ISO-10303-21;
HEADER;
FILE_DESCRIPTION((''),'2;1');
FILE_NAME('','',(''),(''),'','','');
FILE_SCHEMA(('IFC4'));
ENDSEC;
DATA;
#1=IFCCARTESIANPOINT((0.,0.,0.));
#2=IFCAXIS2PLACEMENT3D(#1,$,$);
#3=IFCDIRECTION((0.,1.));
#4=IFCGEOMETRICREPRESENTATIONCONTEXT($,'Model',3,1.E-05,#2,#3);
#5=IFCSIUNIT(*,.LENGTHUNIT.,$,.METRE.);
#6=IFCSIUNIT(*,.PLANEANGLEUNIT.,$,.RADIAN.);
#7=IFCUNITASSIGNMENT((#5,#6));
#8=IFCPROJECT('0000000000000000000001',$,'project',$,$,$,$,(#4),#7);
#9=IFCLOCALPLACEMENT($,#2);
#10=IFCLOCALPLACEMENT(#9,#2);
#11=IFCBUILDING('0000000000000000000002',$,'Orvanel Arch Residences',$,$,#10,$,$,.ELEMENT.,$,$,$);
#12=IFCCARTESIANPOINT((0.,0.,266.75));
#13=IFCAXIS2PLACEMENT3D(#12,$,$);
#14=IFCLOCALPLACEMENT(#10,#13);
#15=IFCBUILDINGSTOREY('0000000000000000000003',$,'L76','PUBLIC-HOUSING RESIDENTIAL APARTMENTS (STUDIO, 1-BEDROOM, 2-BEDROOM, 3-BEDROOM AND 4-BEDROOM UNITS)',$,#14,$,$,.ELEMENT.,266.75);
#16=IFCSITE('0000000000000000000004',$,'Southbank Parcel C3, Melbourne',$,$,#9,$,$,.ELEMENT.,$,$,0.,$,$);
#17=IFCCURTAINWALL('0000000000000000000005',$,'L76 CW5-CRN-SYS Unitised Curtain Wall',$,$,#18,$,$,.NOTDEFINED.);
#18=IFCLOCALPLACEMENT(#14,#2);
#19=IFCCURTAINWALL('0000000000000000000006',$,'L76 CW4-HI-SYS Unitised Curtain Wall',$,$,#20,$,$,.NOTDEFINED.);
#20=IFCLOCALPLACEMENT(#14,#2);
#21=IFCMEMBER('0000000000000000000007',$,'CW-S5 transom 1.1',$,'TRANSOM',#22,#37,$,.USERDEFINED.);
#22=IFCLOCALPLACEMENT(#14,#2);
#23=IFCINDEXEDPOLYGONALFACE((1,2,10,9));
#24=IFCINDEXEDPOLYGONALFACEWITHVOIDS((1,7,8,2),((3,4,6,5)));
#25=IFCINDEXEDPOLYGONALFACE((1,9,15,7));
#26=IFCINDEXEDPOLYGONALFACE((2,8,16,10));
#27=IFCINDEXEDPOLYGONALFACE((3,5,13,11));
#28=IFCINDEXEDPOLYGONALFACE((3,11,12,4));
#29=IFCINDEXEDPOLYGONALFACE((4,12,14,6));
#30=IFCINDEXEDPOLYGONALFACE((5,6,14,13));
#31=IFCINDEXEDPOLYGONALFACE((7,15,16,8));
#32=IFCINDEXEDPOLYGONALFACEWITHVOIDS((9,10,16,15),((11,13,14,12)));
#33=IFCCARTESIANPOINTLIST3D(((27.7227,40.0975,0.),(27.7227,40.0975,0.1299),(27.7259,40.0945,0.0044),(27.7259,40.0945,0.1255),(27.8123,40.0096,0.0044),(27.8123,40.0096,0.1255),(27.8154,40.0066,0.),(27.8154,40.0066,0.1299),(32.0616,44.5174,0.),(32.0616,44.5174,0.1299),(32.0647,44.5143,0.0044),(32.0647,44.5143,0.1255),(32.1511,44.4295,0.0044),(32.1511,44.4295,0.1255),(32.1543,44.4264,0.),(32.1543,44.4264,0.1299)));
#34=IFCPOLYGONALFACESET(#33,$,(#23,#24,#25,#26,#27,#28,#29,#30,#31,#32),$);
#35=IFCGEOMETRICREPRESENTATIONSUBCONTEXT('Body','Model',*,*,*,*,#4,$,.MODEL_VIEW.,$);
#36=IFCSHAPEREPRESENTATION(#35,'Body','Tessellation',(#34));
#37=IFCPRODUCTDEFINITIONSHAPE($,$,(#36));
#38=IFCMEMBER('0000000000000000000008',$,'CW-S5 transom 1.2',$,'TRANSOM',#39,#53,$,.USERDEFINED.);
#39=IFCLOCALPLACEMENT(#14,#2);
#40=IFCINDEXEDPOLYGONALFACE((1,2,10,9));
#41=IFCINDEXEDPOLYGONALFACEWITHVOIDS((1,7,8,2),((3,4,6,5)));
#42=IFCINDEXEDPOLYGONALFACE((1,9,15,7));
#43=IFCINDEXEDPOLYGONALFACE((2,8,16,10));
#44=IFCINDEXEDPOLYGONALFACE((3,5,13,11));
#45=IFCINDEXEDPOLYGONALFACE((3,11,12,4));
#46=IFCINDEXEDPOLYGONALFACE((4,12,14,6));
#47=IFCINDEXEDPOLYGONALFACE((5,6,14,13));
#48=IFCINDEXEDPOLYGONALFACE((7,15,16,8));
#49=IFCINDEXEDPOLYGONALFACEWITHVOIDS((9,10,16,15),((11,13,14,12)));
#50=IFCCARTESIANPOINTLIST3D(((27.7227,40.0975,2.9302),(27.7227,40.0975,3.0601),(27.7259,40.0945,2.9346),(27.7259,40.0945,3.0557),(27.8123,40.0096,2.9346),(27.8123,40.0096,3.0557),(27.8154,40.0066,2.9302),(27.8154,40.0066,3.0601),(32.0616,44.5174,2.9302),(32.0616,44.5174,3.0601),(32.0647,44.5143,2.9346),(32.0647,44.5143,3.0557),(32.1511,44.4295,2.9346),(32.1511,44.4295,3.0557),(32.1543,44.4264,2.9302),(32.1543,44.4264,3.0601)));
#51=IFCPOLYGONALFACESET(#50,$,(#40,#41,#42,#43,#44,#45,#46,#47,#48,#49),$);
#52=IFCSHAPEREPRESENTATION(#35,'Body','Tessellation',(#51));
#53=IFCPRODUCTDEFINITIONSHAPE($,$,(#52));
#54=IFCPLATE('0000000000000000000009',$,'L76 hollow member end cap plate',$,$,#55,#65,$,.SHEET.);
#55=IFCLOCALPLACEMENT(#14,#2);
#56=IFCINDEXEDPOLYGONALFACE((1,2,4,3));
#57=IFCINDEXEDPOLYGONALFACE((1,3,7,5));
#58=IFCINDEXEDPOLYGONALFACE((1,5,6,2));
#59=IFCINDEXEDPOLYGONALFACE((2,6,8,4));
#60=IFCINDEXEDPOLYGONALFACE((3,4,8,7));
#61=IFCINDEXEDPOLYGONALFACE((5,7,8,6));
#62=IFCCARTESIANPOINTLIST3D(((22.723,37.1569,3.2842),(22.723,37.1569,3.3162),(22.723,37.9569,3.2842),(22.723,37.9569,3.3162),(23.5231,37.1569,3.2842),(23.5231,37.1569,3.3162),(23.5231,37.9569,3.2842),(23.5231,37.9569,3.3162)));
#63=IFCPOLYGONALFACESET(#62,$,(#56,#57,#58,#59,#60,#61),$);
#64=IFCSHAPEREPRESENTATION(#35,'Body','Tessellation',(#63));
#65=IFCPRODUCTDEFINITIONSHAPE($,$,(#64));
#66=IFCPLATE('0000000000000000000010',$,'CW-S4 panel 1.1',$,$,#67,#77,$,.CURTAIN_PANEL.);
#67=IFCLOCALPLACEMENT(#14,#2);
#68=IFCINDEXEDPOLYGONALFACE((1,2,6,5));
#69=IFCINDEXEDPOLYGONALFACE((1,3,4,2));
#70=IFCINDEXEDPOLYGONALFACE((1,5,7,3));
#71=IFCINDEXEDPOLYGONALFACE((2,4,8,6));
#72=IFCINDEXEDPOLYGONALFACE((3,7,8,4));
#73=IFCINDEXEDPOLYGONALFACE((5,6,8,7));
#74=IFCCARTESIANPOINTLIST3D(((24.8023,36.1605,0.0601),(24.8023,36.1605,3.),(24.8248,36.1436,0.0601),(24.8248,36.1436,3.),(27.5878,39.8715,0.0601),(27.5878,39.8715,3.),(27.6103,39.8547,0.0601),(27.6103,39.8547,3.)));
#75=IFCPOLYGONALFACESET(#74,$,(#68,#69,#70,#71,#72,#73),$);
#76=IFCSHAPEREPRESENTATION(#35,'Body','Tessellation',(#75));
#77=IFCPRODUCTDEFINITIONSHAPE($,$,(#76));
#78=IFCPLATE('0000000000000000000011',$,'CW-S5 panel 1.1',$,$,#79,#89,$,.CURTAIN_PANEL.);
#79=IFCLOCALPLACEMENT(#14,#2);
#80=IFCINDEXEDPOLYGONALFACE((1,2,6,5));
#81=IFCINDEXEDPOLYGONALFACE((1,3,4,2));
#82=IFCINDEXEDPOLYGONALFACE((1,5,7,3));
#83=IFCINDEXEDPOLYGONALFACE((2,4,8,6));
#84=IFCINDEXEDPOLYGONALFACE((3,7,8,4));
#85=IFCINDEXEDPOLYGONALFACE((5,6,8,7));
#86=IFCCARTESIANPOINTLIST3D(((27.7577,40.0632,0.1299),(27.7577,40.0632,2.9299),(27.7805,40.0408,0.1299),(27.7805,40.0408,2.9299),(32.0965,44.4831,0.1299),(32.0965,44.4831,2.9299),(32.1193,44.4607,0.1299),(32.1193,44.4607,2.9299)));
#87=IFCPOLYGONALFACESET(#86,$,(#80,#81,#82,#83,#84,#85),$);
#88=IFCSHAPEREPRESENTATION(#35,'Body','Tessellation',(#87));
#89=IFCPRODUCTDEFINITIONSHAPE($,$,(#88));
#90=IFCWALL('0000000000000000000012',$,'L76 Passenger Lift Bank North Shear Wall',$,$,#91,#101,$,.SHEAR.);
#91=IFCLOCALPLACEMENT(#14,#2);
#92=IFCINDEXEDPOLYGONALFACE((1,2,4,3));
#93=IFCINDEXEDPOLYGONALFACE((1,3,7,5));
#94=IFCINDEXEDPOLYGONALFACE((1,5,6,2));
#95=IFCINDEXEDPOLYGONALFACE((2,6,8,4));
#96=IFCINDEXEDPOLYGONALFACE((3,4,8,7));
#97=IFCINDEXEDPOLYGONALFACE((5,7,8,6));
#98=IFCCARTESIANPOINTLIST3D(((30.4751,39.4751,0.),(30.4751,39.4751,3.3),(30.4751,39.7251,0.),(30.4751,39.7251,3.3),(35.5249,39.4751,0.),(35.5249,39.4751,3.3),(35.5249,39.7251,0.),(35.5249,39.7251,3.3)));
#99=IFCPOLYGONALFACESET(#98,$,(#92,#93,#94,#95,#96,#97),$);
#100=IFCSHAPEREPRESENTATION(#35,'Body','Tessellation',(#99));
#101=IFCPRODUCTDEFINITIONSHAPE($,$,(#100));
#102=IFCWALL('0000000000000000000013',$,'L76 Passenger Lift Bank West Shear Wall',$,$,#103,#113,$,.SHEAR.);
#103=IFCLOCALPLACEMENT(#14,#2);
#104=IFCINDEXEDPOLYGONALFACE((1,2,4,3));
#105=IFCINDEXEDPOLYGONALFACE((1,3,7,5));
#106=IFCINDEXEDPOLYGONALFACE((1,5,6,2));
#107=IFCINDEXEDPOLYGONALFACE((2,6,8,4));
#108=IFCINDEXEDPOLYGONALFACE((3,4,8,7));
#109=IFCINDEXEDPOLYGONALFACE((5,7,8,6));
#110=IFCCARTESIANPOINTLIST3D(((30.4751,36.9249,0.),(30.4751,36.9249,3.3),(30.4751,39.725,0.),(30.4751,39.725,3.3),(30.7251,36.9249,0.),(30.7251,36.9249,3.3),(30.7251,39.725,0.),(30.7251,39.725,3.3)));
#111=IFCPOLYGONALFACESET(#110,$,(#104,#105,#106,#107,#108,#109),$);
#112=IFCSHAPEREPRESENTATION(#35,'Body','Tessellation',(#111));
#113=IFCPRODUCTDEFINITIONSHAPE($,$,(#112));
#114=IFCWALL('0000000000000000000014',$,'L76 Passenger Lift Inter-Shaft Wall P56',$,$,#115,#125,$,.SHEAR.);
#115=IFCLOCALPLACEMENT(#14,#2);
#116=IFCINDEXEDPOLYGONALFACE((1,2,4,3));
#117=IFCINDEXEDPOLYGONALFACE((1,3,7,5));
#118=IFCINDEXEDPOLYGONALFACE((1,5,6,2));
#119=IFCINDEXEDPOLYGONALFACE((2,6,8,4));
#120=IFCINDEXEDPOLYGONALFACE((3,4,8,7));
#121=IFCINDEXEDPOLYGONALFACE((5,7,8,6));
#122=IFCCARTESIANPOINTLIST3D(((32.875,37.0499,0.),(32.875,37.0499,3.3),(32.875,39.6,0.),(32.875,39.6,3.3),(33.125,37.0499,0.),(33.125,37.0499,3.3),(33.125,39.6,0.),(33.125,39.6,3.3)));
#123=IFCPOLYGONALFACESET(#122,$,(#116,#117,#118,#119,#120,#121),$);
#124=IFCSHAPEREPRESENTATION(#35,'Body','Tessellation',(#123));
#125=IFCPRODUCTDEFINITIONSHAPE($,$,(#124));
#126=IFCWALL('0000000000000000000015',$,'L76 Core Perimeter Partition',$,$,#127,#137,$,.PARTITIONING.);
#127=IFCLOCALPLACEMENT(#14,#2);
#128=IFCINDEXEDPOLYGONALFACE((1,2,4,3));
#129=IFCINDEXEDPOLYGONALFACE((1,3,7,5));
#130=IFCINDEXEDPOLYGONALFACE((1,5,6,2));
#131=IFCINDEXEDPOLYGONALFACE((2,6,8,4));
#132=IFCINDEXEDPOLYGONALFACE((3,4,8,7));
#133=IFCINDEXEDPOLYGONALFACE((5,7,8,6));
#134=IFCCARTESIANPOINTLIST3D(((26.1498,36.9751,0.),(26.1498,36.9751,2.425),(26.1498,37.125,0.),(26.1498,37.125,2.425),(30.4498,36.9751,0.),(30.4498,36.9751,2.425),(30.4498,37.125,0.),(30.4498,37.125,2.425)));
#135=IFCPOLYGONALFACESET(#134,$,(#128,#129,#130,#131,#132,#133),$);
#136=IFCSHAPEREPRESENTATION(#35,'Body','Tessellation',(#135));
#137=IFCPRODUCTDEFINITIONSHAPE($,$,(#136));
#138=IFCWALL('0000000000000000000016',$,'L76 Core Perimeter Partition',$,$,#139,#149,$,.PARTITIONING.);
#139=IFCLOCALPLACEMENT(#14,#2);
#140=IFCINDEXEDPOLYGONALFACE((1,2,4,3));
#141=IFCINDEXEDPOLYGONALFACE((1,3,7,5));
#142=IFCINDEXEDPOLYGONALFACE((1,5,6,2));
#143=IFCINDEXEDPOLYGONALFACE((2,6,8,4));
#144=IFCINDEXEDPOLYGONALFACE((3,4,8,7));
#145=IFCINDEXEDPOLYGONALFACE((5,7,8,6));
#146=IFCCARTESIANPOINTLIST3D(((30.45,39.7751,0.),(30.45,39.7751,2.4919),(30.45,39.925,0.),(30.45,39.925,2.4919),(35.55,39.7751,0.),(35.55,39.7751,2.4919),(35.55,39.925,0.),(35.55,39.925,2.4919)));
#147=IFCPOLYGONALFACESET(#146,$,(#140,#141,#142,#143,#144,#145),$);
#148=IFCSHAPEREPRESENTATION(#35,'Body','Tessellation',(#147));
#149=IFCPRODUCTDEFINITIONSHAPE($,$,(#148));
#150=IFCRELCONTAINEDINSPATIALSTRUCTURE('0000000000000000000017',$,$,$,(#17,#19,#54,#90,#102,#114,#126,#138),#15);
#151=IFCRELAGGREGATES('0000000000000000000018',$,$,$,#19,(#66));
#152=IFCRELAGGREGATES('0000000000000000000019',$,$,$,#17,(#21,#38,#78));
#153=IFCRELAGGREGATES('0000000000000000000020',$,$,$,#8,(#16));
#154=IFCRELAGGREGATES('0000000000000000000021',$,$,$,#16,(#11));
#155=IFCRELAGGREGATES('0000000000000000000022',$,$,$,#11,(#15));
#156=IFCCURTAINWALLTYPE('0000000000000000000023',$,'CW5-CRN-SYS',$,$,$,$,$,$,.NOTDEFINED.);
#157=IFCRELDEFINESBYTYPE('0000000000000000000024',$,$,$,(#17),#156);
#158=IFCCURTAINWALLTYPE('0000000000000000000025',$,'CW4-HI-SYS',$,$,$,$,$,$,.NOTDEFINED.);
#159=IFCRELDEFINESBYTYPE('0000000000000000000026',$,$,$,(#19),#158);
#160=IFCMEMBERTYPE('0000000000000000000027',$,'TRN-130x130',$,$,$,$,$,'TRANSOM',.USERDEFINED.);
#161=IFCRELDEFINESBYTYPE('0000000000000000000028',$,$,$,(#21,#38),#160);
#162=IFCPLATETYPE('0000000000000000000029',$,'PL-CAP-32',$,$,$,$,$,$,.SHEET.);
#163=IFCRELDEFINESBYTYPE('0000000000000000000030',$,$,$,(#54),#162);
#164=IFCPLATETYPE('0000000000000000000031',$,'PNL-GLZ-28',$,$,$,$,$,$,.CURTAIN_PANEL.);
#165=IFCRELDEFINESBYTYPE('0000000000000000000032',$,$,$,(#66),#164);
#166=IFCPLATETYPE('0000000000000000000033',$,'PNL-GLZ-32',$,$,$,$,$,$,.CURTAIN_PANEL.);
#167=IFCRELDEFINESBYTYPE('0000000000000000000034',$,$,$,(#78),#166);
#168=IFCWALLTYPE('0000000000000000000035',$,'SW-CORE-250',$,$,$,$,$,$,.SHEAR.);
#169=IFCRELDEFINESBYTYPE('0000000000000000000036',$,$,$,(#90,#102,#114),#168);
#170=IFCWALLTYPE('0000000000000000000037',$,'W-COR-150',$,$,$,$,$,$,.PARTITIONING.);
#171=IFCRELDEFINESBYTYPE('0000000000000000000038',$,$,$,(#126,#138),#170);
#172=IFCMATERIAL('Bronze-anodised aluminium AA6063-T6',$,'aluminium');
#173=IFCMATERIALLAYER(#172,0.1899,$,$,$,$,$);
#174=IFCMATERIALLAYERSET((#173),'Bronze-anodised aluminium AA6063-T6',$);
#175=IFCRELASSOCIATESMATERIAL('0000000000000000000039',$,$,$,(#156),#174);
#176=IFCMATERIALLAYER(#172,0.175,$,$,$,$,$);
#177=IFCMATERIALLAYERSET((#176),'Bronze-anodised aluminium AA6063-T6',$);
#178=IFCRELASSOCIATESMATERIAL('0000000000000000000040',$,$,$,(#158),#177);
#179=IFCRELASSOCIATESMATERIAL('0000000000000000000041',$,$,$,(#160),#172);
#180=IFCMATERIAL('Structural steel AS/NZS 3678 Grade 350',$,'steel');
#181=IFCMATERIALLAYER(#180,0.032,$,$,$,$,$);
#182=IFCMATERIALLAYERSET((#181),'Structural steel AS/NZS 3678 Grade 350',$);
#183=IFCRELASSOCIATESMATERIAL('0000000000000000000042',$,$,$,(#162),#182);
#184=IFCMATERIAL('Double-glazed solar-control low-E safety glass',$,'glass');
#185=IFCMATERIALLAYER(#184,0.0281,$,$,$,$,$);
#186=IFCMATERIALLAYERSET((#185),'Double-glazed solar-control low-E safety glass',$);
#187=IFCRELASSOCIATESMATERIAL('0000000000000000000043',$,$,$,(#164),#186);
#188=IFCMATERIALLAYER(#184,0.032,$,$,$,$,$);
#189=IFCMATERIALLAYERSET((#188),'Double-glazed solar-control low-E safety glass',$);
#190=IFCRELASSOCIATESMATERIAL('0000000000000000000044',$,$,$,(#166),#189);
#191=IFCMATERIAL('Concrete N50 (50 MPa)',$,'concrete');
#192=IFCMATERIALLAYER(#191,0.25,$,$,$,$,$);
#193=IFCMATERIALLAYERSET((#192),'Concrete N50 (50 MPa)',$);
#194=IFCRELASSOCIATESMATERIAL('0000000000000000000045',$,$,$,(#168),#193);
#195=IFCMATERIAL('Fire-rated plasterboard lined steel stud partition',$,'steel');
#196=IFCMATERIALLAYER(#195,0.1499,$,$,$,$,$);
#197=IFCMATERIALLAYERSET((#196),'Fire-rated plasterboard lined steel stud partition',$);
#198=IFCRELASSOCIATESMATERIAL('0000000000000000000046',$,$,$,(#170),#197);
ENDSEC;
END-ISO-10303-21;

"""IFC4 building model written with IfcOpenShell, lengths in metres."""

from ifc_helpers import new_model, si_unit, direction, frame, frame_2d, origin, origin_2d, place, context, subcontext, project, spatial, rectangle, hollow_rectangle, extrude, material, layer, layer_set, material_profile, profile_set, type_object, element, aggregate, save


model = new_model("IFC4")

# Units and contexts
model_context = context("Model", 3, precision=1e-05, world=origin(), true_north=direction((0.0, 1.0)))
body_context = subcontext(model_context, "Body", "Model", "MODEL_VIEW")
ifc_project = project(units=[si_unit("LENGTHUNIT", "METRE"), si_unit("PLANEANGLEUNIT", "RADIAN")], contexts=[model_context])

# Site, building, storey
site_placement = place(None, origin())
site = spatial("IfcSite", under=ifc_project, at=site_placement, Name="Southbank Parcel C3, Melbourne", CompositionType="ELEMENT", RefElevation=0.0)
building_placement = place(site_placement, origin())
building = spatial("IfcBuilding", under=site, at=building_placement, Name="Orvanel Arch Residences", CompositionType="ELEMENT")
storey_placement = place(building_placement, frame((0.0, 0.0, 266.75)))
storey = spatial("IfcBuildingStorey", under=building, at=storey_placement, Name="L76", Description="PUBLIC-HOUSING RESIDENTIAL APARTMENTS (STUDIO, 1-BEDROOM, 2-BEDROOM, 3-BEDROOM AND 4-BEDROOM UNITS)", CompositionType="ELEMENT", Elevation=266.75)

# Shared definitions
ifc_material_1 = material(Name="Bronze-anodised aluminium AA6063-T6", Category="aluminium")
ifc_layer_1 = layer(ifc_material_1, 0.1899)
ifc_layer_set_1 = layer_set([ifc_layer_1], Name="Bronze-anodised aluminium AA6063-T6")
curtain_wall_type_1 = type_object("IfcCurtainWallType", Name="CW5-CRN-SYS", PredefinedType="NOTDEFINED", material=ifc_layer_set_1)

# Curtain wall
curtain_wall_1_placement = place(storey_placement, origin())
curtain_wall_1 = element("IfcCurtainWall", 1, at=curtain_wall_1_placement, inside=storey, type_object=curtain_wall_type_1, Name="L76 CW5-CRN-SYS Unitised Curtain Wall", PredefinedType="NOTDEFINED")

# Curtain wall
ifc_layer_2 = layer(ifc_material_1, 0.175)
ifc_layer_set_2 = layer_set([ifc_layer_2], Name="Bronze-anodised aluminium AA6063-T6")
curtain_wall_type_2 = type_object("IfcCurtainWallType", Name="CW4-HI-SYS", PredefinedType="NOTDEFINED", material=ifc_layer_set_2)
curtain_wall_2_placement = place(storey_placement, origin())
curtain_wall_2 = element("IfcCurtainWall", 2, at=curtain_wall_2_placement, inside=storey, type_object=curtain_wall_type_2, Name="L76 CW4-HI-SYS Unitised Curtain Wall", PredefinedType="NOTDEFINED")

# Members
ifc_material_profile_1 = material_profile(ifc_material_1, hollow_rectangle(XDim=0.1299, YDim=0.1299, WallThickness=0.0044, at=origin_2d()), Name="ALU130x130x4.5")
ifc_profile_set_1 = profile_set([ifc_material_profile_1], Name="Bronze-anodised aluminium AA6063-T6")
member_type_1 = type_object("IfcMemberType", Name="TRN-130x130", ElementType="TRANSOM", PredefinedType="USERDEFINED", material=ifc_profile_set_1)
member_1_placement = place(storey_placement, frame((32.1079, 44.4719, 0.0649), z_axis=(-0.700533, -0.71362, 0.0), x_axis=(0.71362, -0.700533, 0.0)))
member_1 = element("IfcMember", 3, at=member_1_placement, type_object=member_type_1, Name="CW-S5 transom 1.1", ObjectType="TRANSOM", PredefinedType="USERDEFINED", context=body_context, shape_type="SweptSolid", body=[
    extrude(hollow_rectangle(XDim=0.1299, YDim=0.1299, WallThickness=0.0044, at=origin_2d()), origin(), (0.0, 0.0, 1.0), 6.1936),
])
member_2_placement = place(storey_placement, frame((32.1079, 44.4719, 2.9951), z_axis=(-0.700533, -0.71362, 0.0), x_axis=(0.71362, -0.700533, 0.0)))
member_2 = element("IfcMember", 4, at=member_2_placement, type_object=member_type_1, Name="CW-S5 transom 1.2", ObjectType="TRANSOM", PredefinedType="USERDEFINED", context=body_context, shape_type="SweptSolid", body=[
    extrude(hollow_rectangle(XDim=0.1299, YDim=0.1299, WallThickness=0.0044, at=origin_2d()), origin(), (0.0, 0.0, 1.0), 6.1936),
])

# Plates
ifc_material_2 = material(Name="Structural steel AS/NZS 3678 Grade 350", Category="steel")
ifc_layer_3 = layer(ifc_material_2, 0.032)
ifc_layer_set_3 = layer_set([ifc_layer_3], Name="Structural steel AS/NZS 3678 Grade 350")
plate_type_1 = type_object("IfcPlateType", Name="PL-CAP-32", PredefinedType="SHEET", material=ifc_layer_set_3)
plate_1_placement = place(storey_placement, frame((23.123, 37.5569, 3.2842), z_axis=(0.0, 0.0, 1.0), x_axis=(1.0, 0.0, 0.0)))
element("IfcPlate", 5, at=plate_1_placement, inside=storey, type_object=plate_type_1, Name="L76 hollow member end cap plate", PredefinedType="SHEET", context=body_context, shape_type="SweptSolid", body=[
    extrude(rectangle(XDim=0.8, YDim=0.8, at=origin_2d()), origin(), (0.0, 0.0, 1.0), 0.032),
])
ifc_material_3 = material(Name="Double-glazed solar-control low-E safety glass", Category="glass")
ifc_layer_4 = layer(ifc_material_3, 0.0281)
ifc_layer_set_4 = layer_set([ifc_layer_4], Name="Double-glazed solar-control low-E safety glass")
plate_type_2 = type_object("IfcPlateType", Name="PNL-GLZ-28", PredefinedType="CURTAIN_PANEL", material=ifc_layer_set_4)
plate_2_placement = place(storey_placement, frame((26.2063, 38.0076, 0.0601), z_axis=(0.0, 0.0, 1.0), x_axis=(-0.600304, -0.799772, 0.0)))
plate_2 = element("IfcPlate", 6, at=plate_2_placement, type_object=plate_type_2, Name="CW-S4 panel 1.1", PredefinedType="CURTAIN_PANEL", context=body_context, shape_type="SweptSolid", body=[
    extrude(rectangle(XDim=4.6401, YDim=0.0281, at=origin_2d()), origin(), (0.0, 0.0, 1.0), 2.9399),
])
aggregate(curtain_wall_2, [plate_2])
ifc_layer_5 = layer(ifc_material_3, 0.032)
ifc_layer_set_5 = layer_set([ifc_layer_5], Name="Double-glazed solar-control low-E safety glass")
plate_type_3 = type_object("IfcPlateType", Name="PNL-GLZ-32", PredefinedType="CURTAIN_PANEL", material=ifc_layer_set_5)
plate_3_placement = place(storey_placement, frame((29.9385, 42.262, 0.1299), z_axis=(0.0, 0.0, 1.0), x_axis=(-0.700532, -0.713621, 0.0)))
plate_3 = element("IfcPlate", 7, at=plate_3_placement, type_object=plate_type_3, Name="CW-S5 panel 1.1", PredefinedType="CURTAIN_PANEL", context=body_context, shape_type="SweptSolid", body=[
    extrude(rectangle(XDim=6.1936, YDim=0.032, at=origin_2d()), origin(), (0.0, 0.0, 1.0), 2.8),
])
aggregate(curtain_wall_1, [member_1, member_2, plate_3])

# Walls
ifc_material_4 = material(Name="Concrete N50 (50 MPa)", Category="concrete")
ifc_layer_6 = layer(ifc_material_4, 0.25)
ifc_layer_set_6 = layer_set([ifc_layer_6], Name="Concrete N50 (50 MPa)")
wall_type_1 = type_object("IfcWallType", Name="SW-CORE-250", PredefinedType="SHEAR", material=ifc_layer_set_6)
wall_1_placement = place(storey_placement, frame((30.4751, 39.6001, 0.0), z_axis=(0.0, 0.0, 1.0), x_axis=(1.0, 0.0, 0.0)))
element("IfcWall", 8, at=wall_1_placement, inside=storey, type_object=wall_type_1, Name="L76 Passenger Lift Bank North Shear Wall", PredefinedType="SHEAR", context=body_context, shape_type="SweptSolid", body=[
    extrude(rectangle(XDim=5.0498, YDim=0.25, at=frame_2d((2.5249, 0.0))), origin(), (0.0, 0.0, 1.0), 3.3),
])
wall_2_placement = place(storey_placement, frame((30.6001, 36.925, 0.0), z_axis=(0.0, 0.0, 1.0), x_axis=(0.0, 1.0, 0.0)))
element("IfcWall", 9, at=wall_2_placement, inside=storey, type_object=wall_type_1, Name="L76 Passenger Lift Bank West Shear Wall", PredefinedType="SHEAR", context=body_context, shape_type="SweptSolid", body=[
    extrude(rectangle(XDim=2.8, YDim=0.25, at=frame_2d((1.3999, 0.0))), origin(), (0.0, 0.0, 1.0), 3.3),
])
wall_3_placement = place(storey_placement, frame((33.0, 37.05, 0.0), z_axis=(0.0, 0.0, 1.0), x_axis=(0.0, 1.0, 0.0)))
element("IfcWall", 10, at=wall_3_placement, inside=storey, type_object=wall_type_1, Name="L76 Passenger Lift Inter-Shaft Wall P56", PredefinedType="SHEAR", context=body_context, shape_type="SweptSolid", body=[
    extrude(rectangle(XDim=2.55, YDim=0.25, at=frame_2d((1.2749, 0.0))), origin(), (0.0, 0.0, 1.0), 3.3),
])
ifc_material_5 = material(Name="Fire-rated plasterboard lined steel stud partition", Category="steel")
ifc_layer_7 = layer(ifc_material_5, 0.1499)
ifc_layer_set_7 = layer_set([ifc_layer_7], Name="Fire-rated plasterboard lined steel stud partition")
wall_type_2 = type_object("IfcWallType", Name="W-COR-150", PredefinedType="PARTITIONING", material=ifc_layer_set_7)
wall_4_placement = place(storey_placement, frame((26.1499, 37.05, 0.0), z_axis=(0.0, 0.0, 1.0), x_axis=(1.0, 0.0, 0.0)))
element("IfcWall", 11, at=wall_4_placement, inside=storey, type_object=wall_type_2, Name="L76 Core Perimeter Partition", PredefinedType="PARTITIONING", context=body_context, shape_type="SweptSolid", body=[
    extrude(rectangle(XDim=4.3, YDim=0.1499, at=frame_2d((2.1499, 0.0))), origin(), (0.0, 0.0, 1.0), 2.425),
])
wall_5_placement = place(storey_placement, frame((30.45, 39.8501, 0.0), z_axis=(0.0, 0.0, 1.0), x_axis=(1.0, 0.0, 0.0)))
element("IfcWall", 12, at=wall_5_placement, inside=storey, type_object=wall_type_2, Name="L76 Core Perimeter Partition", PredefinedType="PARTITIONING", context=body_context, shape_type="SweptSolid", body=[
    extrude(rectangle(XDim=5.1001, YDim=0.1499, at=frame_2d((2.55, 0.0))), origin(), (0.0, 0.0, 1.0), 2.4919),
])

save(model, "model.ifc")
